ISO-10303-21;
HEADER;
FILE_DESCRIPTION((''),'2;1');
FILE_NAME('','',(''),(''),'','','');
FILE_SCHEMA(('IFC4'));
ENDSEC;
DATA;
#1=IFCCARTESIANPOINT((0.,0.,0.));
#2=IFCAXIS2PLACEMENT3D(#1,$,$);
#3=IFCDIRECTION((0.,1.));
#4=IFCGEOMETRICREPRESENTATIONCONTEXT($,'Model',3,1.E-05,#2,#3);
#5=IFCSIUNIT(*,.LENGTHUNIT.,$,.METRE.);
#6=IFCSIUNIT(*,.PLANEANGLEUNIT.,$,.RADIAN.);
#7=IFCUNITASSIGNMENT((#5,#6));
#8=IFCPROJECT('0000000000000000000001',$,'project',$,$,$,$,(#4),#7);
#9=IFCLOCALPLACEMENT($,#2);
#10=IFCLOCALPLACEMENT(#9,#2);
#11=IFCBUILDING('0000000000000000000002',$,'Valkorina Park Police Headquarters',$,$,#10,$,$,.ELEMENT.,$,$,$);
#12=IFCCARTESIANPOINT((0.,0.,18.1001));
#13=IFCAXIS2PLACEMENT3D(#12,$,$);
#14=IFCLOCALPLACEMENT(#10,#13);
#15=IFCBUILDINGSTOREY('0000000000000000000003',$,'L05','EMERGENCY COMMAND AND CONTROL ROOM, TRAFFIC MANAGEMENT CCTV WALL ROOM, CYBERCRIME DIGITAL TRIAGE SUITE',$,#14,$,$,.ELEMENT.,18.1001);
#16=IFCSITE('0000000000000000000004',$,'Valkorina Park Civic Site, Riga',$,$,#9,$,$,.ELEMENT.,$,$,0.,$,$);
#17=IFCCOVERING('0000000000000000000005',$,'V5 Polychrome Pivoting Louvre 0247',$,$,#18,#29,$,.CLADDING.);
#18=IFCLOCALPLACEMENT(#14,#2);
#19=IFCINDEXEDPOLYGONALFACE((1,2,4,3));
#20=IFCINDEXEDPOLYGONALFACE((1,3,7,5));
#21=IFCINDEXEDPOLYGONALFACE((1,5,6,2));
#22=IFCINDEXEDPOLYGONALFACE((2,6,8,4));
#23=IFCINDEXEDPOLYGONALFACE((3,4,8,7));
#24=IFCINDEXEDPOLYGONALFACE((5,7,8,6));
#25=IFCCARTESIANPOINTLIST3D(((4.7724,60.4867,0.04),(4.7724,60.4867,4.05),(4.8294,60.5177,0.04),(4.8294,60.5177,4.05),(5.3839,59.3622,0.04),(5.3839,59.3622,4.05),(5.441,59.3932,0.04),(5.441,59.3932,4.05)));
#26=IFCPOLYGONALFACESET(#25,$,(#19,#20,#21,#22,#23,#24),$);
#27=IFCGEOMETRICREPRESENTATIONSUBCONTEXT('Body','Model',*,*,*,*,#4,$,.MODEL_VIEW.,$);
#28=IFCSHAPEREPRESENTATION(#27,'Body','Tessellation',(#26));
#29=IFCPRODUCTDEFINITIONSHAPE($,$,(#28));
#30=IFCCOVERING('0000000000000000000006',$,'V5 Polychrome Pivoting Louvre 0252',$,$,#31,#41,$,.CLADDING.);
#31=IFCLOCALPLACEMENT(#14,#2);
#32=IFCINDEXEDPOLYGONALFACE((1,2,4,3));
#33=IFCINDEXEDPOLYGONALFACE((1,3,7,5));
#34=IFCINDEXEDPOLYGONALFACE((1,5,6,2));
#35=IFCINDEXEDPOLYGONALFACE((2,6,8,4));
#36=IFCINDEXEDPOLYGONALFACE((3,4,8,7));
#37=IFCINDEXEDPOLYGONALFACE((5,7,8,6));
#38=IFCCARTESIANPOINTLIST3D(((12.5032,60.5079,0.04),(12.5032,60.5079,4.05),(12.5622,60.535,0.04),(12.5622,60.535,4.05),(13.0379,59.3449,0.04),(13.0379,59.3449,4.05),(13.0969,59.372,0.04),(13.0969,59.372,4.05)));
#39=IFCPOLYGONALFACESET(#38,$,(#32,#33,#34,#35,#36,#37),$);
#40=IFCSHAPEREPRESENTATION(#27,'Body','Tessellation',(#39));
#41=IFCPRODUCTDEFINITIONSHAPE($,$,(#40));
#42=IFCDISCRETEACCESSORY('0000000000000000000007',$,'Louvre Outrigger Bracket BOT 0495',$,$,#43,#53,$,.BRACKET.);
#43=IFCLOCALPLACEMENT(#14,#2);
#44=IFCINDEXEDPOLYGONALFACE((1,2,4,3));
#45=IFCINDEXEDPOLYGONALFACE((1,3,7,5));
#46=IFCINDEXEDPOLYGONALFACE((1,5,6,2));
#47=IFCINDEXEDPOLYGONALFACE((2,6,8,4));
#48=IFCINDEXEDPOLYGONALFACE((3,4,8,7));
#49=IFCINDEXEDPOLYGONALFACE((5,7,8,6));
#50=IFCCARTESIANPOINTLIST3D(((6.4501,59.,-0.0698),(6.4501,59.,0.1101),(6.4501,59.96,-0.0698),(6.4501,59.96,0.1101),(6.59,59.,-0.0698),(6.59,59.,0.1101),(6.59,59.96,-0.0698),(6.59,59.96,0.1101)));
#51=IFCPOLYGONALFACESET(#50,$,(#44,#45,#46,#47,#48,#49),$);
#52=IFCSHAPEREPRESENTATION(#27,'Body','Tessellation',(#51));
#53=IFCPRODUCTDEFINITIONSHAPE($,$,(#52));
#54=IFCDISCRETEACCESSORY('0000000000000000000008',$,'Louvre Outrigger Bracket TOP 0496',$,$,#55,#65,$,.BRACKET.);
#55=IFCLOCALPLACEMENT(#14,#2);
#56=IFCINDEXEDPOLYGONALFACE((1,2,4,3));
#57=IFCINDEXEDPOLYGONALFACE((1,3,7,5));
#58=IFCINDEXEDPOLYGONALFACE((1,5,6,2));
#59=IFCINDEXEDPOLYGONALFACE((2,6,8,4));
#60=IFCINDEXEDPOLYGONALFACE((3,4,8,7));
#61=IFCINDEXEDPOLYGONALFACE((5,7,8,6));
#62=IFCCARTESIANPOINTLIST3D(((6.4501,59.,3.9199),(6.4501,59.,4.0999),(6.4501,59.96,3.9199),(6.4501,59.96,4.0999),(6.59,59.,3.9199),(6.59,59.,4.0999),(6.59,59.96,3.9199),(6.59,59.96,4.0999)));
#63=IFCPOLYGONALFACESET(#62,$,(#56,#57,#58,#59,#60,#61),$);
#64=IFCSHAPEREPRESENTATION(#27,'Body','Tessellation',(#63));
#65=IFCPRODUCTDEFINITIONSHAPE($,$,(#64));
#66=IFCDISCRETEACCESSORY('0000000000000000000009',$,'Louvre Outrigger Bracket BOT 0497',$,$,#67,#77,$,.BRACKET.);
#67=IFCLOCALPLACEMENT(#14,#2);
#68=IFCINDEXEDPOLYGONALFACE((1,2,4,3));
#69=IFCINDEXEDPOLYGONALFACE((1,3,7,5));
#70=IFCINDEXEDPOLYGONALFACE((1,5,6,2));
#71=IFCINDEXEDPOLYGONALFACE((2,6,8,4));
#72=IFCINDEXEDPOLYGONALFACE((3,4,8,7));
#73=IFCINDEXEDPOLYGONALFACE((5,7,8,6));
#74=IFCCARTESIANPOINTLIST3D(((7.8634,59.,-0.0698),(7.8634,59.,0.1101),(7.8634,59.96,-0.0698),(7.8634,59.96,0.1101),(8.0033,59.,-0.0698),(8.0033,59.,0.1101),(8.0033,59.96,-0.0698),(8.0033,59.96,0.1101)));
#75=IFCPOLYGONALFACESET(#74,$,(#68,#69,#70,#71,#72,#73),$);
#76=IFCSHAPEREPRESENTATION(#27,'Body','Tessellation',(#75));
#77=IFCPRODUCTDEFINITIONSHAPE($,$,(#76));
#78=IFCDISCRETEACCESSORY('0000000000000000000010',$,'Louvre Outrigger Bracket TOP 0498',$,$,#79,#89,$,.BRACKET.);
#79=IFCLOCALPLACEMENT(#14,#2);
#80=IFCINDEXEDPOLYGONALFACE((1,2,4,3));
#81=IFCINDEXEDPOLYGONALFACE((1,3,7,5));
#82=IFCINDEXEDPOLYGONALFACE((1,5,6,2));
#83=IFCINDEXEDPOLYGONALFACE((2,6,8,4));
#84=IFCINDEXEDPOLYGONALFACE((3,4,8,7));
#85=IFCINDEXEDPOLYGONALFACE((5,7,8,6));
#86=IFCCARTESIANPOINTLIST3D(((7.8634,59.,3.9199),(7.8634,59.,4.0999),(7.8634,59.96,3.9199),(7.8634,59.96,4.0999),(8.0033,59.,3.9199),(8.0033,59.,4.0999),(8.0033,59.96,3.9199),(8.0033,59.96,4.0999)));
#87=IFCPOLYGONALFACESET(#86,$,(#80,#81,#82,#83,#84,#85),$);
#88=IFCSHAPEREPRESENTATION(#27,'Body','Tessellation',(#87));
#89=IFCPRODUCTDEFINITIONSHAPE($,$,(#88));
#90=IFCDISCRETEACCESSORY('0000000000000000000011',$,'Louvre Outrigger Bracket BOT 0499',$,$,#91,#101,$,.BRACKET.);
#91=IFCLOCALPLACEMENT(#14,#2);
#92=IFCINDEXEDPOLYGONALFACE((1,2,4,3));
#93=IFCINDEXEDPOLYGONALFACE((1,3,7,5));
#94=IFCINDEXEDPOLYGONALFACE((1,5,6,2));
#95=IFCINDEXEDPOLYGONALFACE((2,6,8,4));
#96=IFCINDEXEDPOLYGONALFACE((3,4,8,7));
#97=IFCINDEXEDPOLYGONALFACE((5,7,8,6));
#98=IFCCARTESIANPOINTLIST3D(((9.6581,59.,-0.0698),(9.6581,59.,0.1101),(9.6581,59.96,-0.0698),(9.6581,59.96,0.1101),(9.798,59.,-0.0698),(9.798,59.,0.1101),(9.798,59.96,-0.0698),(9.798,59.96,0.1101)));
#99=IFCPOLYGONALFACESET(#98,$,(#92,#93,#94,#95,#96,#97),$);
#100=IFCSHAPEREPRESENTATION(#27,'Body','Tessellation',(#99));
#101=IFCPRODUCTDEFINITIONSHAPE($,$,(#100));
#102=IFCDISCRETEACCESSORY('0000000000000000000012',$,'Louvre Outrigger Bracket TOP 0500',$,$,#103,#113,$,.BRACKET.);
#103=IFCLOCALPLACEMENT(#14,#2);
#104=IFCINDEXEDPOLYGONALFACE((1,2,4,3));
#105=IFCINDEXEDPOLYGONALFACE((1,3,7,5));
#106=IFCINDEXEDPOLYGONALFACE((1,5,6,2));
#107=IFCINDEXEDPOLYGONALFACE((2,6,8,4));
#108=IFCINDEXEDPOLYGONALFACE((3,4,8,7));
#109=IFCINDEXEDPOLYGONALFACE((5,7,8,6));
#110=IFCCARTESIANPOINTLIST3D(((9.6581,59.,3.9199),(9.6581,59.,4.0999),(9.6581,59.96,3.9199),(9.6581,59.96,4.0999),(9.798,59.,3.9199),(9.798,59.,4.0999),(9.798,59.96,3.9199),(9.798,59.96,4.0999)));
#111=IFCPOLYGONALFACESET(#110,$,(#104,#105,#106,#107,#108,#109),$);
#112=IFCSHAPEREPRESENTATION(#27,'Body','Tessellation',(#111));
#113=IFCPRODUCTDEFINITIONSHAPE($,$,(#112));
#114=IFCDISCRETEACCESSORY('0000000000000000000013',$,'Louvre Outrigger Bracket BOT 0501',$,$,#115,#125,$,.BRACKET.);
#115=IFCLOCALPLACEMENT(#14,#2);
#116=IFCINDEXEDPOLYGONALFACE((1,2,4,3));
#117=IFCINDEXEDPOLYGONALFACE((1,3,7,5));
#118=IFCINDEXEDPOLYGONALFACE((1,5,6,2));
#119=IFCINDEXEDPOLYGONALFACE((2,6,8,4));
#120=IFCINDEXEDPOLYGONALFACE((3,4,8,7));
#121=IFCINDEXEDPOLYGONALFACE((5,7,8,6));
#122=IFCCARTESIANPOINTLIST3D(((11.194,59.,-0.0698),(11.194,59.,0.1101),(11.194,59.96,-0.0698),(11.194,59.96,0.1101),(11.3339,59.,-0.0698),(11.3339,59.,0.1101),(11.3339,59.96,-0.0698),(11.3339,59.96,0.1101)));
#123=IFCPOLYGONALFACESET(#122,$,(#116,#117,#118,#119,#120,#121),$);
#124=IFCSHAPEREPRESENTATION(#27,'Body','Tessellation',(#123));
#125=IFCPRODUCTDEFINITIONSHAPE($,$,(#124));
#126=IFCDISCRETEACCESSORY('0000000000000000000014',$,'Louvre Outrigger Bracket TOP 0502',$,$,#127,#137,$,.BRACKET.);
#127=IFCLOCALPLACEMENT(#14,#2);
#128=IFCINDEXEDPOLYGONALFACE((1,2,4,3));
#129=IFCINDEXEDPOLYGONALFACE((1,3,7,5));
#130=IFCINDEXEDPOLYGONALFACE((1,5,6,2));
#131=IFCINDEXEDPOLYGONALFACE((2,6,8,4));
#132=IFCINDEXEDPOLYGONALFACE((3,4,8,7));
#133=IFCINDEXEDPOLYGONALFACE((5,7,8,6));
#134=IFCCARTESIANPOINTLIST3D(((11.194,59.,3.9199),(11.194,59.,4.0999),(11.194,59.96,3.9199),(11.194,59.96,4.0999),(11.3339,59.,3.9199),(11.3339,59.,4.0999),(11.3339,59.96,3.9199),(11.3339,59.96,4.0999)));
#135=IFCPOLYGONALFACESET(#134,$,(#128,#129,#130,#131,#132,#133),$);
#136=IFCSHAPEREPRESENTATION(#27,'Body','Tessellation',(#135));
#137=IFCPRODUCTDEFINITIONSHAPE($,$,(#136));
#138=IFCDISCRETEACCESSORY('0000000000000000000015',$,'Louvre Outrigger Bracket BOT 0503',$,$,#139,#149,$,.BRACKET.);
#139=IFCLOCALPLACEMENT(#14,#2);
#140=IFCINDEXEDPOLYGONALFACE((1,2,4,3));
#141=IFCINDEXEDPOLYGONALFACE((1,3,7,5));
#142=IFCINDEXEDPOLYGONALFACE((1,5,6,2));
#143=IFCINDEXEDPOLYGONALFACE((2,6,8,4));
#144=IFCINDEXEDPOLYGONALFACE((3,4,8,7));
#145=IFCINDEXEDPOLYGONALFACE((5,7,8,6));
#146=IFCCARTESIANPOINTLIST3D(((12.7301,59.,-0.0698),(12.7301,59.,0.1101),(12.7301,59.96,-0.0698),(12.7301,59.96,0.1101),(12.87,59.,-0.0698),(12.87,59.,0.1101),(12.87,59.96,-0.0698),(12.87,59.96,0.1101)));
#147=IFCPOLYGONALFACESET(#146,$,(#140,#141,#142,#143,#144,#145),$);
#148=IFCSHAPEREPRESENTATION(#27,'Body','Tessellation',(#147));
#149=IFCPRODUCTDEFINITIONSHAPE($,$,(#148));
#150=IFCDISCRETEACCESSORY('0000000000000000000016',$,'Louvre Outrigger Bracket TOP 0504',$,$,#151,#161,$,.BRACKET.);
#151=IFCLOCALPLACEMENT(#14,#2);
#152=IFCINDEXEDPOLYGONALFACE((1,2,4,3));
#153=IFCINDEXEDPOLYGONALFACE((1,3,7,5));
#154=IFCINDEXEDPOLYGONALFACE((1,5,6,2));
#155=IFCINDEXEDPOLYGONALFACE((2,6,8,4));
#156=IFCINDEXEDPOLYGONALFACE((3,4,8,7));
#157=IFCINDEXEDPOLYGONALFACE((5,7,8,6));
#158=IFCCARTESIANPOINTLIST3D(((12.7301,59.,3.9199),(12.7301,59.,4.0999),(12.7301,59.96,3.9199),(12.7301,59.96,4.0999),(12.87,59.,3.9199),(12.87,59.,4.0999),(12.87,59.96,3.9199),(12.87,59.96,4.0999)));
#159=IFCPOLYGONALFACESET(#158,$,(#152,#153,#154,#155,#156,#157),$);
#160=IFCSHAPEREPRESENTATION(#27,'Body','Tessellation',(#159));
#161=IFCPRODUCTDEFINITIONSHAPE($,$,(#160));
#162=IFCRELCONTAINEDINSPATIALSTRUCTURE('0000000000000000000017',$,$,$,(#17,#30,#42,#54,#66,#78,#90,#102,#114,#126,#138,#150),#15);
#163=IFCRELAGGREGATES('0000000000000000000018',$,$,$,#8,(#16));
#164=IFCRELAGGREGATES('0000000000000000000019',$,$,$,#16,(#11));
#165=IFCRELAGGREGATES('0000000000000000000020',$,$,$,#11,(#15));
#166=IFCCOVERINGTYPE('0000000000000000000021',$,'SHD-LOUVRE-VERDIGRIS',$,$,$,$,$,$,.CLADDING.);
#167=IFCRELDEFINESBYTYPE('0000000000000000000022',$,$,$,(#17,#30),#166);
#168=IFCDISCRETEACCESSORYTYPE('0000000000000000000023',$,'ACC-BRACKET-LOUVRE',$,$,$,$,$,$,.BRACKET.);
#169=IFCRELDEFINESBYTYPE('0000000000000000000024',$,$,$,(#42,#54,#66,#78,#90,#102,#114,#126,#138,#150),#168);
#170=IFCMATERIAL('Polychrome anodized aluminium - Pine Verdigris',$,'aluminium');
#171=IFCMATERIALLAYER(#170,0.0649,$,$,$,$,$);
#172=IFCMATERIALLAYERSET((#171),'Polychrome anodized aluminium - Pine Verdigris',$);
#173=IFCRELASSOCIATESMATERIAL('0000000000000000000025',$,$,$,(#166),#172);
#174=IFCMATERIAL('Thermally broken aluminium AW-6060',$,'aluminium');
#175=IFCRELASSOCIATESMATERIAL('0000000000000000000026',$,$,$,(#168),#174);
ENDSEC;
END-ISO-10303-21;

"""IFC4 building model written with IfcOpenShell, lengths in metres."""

from ifc_helpers import new_model, si_unit, direction, frame, origin, origin_2d, place, context, subcontext, project, spatial, rectangle, extrude, material, layer, layer_set, type_object, element, save


model = new_model("IFC4")

# Units and contexts
model_context = context("Model", 3, precision=1e-05, world=origin(), true_north=direction((0.0, 1.0)))
body_context = subcontext(model_context, "Body", "Model", "MODEL_VIEW")
ifc_project = project(units=[si_unit("LENGTHUNIT", "METRE"), si_unit("PLANEANGLEUNIT", "RADIAN")], contexts=[model_context])

# Site, building, storey
site_placement = place(None, origin())
site = spatial("IfcSite", under=ifc_project, at=site_placement, Name="Valkorina Park Civic Site, Riga", CompositionType="ELEMENT", RefElevation=0.0)
building_placement = place(site_placement, origin())
building = spatial("IfcBuilding", under=site, at=building_placement, Name="Valkorina Park Police Headquarters", CompositionType="ELEMENT")
storey_placement = place(building_placement, frame((0.0, 0.0, 18.1001)))
storey = spatial("IfcBuildingStorey", under=building, at=storey_placement, Name="L05", Description="EMERGENCY COMMAND AND CONTROL ROOM, TRAFFIC MANAGEMENT CCTV WALL ROOM, CYBERCRIME DIGITAL TRIAGE SUITE", CompositionType="ELEMENT", Elevation=18.1001)

# Shared definitions
ifc_material_1 = material(Name="Thermally broken aluminium AW-6060", Category="aluminium")

# Coverings
ifc_material_2 = material(Name="Polychrome anodized aluminium - Pine Verdigris", Category="aluminium")
ifc_layer_1 = layer(ifc_material_2, 0.0649)
ifc_layer_set_1 = layer_set([ifc_layer_1], Name="Polychrome anodized aluminium - Pine Verdigris")
covering_type_1 = type_object("IfcCoveringType", Name="SHD-LOUVRE-VERDIGRIS", PredefinedType="CLADDING", material=ifc_layer_set_1)
for number, where, z_axis, x_axis, name in (
    (1, (5.1067, 59.9399, 0.04), (0.0, 0.0, 1.0), (-0.477772, 0.878484, 0.0), "V5 Polychrome Pivoting Louvre 0247"),
    (2, (12.8, 59.9399, 0.04), (0.0, 0.0, 1.0), (-0.417709, 0.908581, 0.0), "V5 Polychrome Pivoting Louvre 0252"),
):
    element("IfcCovering", number, at=place(storey_placement, frame(where, z_axis=z_axis, x_axis=x_axis)), inside=storey, type_object=covering_type_1, Name=name, PredefinedType="CLADDING", context=body_context, shape_type="SweptSolid", body=[
        extrude(rectangle(XDim=1.28, YDim=0.0649, at=origin_2d()), origin(), (0.0, 0.0, 1.0), 4.01),
    ])

# Discrete accessories
discrete_accessory_type = type_object("IfcDiscreteAccessoryType", Name="ACC-BRACKET-LOUVRE", PredefinedType="BRACKET", material=ifc_material_1)
for number, where, z_axis, x_axis, name in (
    (3, (6.52, 59.48, -0.0698), (0.0, 0.0, 1.0), (0.0, 1.0, 0.0), "Louvre Outrigger Bracket BOT 0495"),
    (4, (6.52, 59.48, 3.9199), (0.0, 0.0, 1.0), (0.0, 1.0, 0.0), "Louvre Outrigger Bracket TOP 0496"),
    (5, (7.9333, 59.48, -0.0698), (0.0, 0.0, 1.0), (0.0, 1.0, 0.0), "Louvre Outrigger Bracket BOT 0497"),
    (6, (7.9333, 59.48, 3.9199), (0.0, 0.0, 1.0), (0.0, 1.0, 0.0), "Louvre Outrigger Bracket TOP 0498"),
    (7, (9.728, 59.48, -0.0698), (0.0, 0.0, 1.0), (0.0, 1.0, 0.0), "Louvre Outrigger Bracket BOT 0499"),
    (8, (9.728, 59.48, 3.9199), (0.0, 0.0, 1.0), (0.0, 1.0, 0.0), "Louvre Outrigger Bracket TOP 0500"),
    (9, (11.2639, 59.48, -0.0698), (0.0, 0.0, 1.0), (0.0, 1.0, 0.0), "Louvre Outrigger Bracket BOT 0501"),
    (10, (11.2639, 59.48, 3.9199), (0.0, 0.0, 1.0), (0.0, 1.0, 0.0), "Louvre Outrigger Bracket TOP 0502"),
    (11, (12.8, 59.48, -0.0698), (0.0, 0.0, 1.0), (0.0, 1.0, 0.0), "Louvre Outrigger Bracket BOT 0503"),
    (12, (12.8, 59.48, 3.9199), (0.0, 0.0, 1.0), (0.0, 1.0, 0.0), "Louvre Outrigger Bracket TOP 0504"),
):
    element("IfcDiscreteAccessory", number, at=place(storey_placement, frame(where, z_axis=z_axis, x_axis=x_axis)), inside=storey, type_object=discrete_accessory_type, Name=name, PredefinedType="BRACKET", context=body_context, shape_type="SweptSolid", body=[
        extrude(rectangle(XDim=0.96, YDim=0.1399, at=origin_2d()), origin(), (0.0, 0.0, 1.0), 0.1799),
    ])

save(model, "model.ifc")
